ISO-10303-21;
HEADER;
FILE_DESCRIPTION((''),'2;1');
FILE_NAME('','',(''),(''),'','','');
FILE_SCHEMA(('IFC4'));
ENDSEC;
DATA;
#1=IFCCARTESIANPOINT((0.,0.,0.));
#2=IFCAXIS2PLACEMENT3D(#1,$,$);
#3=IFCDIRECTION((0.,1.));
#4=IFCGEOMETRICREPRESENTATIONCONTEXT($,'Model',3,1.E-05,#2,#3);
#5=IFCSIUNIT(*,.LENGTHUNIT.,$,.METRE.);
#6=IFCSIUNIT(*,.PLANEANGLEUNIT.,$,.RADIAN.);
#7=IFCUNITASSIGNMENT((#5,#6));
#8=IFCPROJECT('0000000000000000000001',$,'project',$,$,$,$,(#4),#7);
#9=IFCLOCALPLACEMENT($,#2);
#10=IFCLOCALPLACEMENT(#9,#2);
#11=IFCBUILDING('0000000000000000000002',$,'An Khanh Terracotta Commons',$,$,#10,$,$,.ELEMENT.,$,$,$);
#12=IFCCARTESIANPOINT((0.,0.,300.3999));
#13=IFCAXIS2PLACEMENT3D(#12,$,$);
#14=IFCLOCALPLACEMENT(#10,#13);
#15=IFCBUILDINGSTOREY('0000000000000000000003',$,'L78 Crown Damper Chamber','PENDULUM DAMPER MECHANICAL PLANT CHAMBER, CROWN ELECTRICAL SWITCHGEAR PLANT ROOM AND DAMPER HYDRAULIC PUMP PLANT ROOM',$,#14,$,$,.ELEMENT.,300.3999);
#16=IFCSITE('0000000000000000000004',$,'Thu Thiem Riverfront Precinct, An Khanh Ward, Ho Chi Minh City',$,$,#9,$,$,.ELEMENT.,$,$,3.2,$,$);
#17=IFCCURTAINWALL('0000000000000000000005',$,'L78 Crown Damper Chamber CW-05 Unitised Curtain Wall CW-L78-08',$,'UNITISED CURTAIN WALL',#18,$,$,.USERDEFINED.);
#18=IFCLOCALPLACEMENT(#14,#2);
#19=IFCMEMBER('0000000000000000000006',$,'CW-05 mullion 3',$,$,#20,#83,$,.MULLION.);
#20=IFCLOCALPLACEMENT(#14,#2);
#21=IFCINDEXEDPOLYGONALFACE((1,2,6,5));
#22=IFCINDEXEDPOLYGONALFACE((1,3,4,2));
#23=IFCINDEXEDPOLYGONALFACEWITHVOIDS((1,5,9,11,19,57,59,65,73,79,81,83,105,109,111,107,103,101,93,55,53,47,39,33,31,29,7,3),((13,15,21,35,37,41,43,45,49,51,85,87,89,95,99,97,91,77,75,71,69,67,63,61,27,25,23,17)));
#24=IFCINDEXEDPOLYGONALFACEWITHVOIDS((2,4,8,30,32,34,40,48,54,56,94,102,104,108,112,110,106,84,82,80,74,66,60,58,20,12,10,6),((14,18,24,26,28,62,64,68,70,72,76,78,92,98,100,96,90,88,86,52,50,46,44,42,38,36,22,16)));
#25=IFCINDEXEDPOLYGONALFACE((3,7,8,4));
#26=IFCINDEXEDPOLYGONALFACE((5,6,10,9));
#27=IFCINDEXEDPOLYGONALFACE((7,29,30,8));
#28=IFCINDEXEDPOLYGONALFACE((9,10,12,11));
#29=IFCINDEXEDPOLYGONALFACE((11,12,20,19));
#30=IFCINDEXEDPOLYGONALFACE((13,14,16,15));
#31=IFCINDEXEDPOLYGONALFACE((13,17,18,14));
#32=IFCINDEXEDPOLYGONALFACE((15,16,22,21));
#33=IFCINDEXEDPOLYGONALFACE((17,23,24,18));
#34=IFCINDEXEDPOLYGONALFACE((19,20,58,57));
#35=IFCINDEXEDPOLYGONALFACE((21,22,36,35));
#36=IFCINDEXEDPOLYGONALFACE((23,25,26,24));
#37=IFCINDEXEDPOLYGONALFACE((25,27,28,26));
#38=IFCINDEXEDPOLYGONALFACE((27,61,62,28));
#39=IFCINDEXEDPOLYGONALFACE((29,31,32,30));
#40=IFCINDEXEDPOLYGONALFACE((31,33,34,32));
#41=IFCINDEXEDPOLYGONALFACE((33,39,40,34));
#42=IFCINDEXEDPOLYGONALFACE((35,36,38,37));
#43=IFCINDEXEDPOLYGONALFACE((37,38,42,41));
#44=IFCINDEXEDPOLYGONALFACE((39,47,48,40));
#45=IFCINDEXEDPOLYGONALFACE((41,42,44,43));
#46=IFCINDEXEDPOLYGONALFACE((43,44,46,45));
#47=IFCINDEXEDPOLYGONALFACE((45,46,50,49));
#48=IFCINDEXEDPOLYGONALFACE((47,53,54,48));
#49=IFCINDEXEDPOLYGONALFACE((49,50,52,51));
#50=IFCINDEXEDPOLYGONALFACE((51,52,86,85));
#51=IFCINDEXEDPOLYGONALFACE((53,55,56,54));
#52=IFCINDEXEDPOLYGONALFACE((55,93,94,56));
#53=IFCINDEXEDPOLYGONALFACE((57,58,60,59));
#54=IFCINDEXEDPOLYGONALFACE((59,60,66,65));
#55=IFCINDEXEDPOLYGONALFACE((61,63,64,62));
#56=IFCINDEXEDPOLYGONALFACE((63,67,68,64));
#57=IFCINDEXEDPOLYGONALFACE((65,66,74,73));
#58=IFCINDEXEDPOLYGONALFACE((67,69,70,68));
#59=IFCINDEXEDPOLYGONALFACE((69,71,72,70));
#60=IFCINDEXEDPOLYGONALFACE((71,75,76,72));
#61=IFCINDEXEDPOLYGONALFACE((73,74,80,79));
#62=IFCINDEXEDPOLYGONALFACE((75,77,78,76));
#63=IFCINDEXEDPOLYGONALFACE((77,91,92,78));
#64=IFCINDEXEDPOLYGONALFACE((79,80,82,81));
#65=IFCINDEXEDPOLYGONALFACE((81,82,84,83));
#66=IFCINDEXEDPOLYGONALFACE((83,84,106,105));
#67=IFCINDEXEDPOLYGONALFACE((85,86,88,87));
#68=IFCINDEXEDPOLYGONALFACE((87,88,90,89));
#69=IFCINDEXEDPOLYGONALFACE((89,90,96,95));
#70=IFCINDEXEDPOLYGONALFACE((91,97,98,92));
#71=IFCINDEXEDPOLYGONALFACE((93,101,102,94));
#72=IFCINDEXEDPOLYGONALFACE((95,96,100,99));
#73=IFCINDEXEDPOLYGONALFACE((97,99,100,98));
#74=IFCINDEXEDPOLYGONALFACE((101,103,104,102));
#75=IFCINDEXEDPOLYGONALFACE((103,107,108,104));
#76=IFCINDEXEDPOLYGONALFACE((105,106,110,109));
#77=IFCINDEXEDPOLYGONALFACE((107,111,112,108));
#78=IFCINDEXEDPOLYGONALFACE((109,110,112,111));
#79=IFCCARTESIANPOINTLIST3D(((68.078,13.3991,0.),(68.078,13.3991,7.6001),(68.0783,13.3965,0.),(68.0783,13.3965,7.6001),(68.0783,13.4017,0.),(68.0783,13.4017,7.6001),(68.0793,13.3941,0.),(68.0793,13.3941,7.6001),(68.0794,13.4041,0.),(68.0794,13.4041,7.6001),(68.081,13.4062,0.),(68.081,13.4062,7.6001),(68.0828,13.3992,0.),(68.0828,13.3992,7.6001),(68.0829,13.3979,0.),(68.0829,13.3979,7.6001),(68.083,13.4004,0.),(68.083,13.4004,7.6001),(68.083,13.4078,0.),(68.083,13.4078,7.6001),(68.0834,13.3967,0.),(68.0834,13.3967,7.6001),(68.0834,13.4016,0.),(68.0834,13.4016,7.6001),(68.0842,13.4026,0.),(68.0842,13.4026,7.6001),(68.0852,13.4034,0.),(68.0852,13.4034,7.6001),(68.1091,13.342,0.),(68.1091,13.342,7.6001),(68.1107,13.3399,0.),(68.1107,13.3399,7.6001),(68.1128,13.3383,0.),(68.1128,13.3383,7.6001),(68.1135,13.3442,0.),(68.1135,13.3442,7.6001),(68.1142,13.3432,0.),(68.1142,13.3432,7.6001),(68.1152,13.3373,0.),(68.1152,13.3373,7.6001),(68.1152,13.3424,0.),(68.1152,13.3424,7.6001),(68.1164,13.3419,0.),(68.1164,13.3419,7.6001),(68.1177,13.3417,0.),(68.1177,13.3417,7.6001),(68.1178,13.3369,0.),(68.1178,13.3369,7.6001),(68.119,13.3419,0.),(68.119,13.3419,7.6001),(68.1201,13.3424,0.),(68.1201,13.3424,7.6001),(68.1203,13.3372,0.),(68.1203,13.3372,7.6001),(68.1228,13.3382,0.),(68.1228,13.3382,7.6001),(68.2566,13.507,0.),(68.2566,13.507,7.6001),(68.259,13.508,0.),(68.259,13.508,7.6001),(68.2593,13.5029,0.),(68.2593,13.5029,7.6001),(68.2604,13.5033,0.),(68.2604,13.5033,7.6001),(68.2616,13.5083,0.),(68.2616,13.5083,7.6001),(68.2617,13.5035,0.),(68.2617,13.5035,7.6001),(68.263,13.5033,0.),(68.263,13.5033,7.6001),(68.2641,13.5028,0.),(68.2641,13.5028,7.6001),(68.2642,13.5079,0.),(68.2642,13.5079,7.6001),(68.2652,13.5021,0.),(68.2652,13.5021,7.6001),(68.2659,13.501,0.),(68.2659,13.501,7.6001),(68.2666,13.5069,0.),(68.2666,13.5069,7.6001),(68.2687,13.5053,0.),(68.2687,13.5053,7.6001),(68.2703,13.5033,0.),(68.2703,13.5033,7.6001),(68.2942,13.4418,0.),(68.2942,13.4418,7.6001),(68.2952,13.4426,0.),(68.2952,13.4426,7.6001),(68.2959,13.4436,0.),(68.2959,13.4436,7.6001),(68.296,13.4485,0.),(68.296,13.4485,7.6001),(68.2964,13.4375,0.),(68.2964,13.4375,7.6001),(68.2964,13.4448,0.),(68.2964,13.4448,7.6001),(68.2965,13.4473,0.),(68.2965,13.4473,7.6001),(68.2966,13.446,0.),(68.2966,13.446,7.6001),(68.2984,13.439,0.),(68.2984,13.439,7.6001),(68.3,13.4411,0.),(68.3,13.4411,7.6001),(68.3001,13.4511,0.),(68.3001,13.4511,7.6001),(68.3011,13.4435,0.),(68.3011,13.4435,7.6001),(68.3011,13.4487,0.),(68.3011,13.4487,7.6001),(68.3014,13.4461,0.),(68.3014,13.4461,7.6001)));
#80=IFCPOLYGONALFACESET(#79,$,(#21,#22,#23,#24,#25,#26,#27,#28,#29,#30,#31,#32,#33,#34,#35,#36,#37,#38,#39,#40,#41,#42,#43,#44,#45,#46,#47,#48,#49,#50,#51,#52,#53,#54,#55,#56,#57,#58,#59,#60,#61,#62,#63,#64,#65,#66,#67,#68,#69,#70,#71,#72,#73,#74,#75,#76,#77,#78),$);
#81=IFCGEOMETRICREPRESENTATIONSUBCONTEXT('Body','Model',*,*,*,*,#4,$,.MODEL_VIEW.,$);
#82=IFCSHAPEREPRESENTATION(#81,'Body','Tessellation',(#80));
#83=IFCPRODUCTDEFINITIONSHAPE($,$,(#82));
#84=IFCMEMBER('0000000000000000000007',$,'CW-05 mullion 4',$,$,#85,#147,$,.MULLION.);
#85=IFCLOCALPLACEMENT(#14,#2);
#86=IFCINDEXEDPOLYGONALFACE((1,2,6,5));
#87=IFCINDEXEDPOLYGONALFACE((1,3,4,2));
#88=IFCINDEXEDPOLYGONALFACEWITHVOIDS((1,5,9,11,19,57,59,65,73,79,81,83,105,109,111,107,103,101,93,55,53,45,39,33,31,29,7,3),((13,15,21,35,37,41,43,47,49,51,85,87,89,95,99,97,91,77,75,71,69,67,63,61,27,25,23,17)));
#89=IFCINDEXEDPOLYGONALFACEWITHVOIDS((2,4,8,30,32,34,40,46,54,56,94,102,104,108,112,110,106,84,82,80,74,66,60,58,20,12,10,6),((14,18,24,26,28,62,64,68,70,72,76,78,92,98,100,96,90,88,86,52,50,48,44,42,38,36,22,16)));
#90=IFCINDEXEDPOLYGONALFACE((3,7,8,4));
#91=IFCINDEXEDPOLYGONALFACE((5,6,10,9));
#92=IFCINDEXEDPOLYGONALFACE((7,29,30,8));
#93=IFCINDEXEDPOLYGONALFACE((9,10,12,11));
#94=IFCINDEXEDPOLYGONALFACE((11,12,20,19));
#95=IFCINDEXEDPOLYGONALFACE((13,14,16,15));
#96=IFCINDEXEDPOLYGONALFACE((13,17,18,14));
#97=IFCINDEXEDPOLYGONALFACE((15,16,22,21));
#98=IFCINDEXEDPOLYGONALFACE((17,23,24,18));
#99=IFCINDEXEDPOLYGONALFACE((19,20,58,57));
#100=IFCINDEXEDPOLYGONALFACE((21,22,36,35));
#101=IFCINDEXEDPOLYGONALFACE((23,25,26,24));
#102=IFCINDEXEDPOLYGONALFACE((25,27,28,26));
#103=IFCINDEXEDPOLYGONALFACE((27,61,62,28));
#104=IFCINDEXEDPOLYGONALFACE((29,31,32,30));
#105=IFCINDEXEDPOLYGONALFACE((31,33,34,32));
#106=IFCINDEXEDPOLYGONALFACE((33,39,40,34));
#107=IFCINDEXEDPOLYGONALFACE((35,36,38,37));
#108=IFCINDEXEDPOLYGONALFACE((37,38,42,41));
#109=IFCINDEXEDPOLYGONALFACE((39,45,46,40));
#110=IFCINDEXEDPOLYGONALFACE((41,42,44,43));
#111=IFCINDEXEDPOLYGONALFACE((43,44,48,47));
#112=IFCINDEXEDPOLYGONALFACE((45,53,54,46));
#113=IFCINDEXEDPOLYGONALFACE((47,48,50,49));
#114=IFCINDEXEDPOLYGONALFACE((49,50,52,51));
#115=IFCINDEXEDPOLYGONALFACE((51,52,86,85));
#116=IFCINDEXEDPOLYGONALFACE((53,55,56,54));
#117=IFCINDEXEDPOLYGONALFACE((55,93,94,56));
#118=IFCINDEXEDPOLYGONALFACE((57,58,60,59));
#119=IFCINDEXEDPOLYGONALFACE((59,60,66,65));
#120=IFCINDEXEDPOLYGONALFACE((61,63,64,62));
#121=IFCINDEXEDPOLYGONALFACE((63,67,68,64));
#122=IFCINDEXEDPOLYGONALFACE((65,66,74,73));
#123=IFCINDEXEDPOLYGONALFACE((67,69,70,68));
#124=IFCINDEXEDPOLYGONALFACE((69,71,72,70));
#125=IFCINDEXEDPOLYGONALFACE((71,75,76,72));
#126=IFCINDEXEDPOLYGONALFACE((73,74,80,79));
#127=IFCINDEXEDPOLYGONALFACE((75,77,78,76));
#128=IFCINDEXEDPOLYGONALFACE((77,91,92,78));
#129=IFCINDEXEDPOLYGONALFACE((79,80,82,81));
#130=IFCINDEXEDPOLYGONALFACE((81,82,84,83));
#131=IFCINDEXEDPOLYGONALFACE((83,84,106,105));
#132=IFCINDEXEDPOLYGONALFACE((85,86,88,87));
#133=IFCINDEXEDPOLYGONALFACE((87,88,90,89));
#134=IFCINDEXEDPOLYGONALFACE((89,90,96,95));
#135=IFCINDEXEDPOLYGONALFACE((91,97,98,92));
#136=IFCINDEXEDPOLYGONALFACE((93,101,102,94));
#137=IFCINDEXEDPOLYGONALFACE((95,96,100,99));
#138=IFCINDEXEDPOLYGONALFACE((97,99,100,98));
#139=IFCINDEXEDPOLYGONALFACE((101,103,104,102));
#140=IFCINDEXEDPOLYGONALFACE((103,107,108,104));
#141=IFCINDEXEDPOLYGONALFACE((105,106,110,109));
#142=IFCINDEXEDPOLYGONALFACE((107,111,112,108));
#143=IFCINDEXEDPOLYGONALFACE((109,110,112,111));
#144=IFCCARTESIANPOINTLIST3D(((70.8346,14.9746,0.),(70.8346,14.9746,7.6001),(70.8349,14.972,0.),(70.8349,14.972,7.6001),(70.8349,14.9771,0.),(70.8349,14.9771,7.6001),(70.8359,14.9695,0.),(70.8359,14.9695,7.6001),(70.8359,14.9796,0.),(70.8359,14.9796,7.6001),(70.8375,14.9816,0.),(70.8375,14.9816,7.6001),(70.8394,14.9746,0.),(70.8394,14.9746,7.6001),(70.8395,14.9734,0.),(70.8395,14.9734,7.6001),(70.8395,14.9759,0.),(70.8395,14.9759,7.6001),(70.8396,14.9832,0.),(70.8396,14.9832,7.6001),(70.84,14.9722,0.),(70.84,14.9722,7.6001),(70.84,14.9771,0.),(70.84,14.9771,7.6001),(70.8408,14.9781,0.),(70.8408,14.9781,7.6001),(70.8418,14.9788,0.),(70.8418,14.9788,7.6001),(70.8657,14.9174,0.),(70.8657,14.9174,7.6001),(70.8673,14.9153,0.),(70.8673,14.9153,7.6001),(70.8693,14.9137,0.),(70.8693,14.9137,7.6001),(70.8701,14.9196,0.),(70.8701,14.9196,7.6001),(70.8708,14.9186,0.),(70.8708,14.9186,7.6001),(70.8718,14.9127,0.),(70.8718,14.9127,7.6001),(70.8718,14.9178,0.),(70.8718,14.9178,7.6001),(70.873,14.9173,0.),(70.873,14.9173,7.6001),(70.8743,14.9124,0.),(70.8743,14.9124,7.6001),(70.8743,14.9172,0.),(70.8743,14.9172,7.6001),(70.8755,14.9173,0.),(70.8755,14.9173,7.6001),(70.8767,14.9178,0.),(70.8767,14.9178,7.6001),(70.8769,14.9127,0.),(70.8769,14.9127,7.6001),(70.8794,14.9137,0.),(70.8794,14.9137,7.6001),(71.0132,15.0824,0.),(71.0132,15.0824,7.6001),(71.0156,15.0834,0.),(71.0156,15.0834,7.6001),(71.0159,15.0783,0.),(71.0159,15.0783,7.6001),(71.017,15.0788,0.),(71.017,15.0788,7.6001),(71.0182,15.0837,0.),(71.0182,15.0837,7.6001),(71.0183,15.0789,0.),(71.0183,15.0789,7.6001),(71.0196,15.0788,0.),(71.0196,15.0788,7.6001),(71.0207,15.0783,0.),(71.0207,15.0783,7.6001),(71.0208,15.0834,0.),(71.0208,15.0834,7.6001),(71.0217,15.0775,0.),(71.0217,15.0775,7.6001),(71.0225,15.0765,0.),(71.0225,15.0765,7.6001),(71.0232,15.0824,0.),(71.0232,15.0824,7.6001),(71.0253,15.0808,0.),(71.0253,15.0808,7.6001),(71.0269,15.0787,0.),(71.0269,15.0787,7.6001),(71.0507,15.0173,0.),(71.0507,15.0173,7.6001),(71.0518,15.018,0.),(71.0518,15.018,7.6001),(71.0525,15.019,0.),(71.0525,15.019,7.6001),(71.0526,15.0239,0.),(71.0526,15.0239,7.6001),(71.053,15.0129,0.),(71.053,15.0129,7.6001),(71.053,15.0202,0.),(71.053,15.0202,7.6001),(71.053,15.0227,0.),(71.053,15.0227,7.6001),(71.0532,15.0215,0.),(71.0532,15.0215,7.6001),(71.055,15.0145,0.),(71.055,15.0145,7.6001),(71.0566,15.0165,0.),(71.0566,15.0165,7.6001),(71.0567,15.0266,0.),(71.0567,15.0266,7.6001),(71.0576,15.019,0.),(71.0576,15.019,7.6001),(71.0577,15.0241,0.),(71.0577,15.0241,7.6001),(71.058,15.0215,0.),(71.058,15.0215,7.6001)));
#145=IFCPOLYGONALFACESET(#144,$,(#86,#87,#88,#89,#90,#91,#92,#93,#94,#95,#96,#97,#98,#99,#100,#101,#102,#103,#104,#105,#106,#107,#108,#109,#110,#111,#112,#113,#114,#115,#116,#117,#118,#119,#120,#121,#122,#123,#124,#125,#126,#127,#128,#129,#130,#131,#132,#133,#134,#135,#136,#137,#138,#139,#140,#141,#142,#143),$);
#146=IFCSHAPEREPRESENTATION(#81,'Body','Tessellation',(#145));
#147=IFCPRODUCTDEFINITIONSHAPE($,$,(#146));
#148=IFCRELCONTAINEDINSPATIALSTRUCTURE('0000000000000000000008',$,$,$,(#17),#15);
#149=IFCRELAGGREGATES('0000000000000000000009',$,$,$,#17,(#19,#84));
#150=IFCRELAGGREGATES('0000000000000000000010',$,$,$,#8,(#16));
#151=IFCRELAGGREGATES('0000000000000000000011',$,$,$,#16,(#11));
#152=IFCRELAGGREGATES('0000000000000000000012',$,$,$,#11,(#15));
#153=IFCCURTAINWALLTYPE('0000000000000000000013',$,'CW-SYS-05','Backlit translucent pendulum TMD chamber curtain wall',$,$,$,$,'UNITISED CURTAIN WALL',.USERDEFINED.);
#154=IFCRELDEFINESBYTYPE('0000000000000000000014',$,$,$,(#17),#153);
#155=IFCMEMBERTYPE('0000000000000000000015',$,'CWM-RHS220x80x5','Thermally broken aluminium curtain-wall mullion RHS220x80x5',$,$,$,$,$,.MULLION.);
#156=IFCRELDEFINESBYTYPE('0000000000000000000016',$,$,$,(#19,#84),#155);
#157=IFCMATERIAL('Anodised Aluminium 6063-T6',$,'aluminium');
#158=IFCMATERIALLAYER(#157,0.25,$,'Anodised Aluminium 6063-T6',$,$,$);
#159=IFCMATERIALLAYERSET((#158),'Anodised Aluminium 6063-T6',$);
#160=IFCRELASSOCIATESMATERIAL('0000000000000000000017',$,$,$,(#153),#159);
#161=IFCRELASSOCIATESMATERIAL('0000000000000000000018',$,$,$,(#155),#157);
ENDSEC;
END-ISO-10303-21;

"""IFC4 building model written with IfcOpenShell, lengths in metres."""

from ifc_helpers import new_model, si_unit, direction, frame, origin, origin_2d, place, context, subcontext, project, spatial, hollow_rectangle, extrude, material, layer, layer_set, material_profile, profile_set, type_object, element, aggregate, save


model = new_model("IFC4")

# Units and contexts
model_context = context("Model", 3, precision=1e-05, world=origin(), true_north=direction((0.0, 1.0)))
body_context = subcontext(model_context, "Body", "Model", "MODEL_VIEW")
ifc_project = project(units=[si_unit("LENGTHUNIT", "METRE"), si_unit("PLANEANGLEUNIT", "RADIAN")], contexts=[model_context])

# Site, building, storey
site_placement = place(None, origin())
site = spatial("IfcSite", under=ifc_project, at=site_placement, Name="Thu Thiem Riverfront Precinct, An Khanh Ward, Ho Chi Minh City", CompositionType="ELEMENT", RefElevation=3.2)
building_placement = place(site_placement, origin())
building = spatial("IfcBuilding", under=site, at=building_placement, Name="An Khanh Terracotta Commons", CompositionType="ELEMENT")
storey_placement = place(building_placement, frame((0.0, 0.0, 300.3999)))
storey = spatial("IfcBuildingStorey", under=building, at=storey_placement, Name="L78 Crown Damper Chamber", Description="PENDULUM DAMPER MECHANICAL PLANT CHAMBER, CROWN ELECTRICAL SWITCHGEAR PLANT ROOM AND DAMPER HYDRAULIC PUMP PLANT ROOM", CompositionType="ELEMENT", Elevation=300.3999)

# Curtain wall, members
ifc_material_1 = material(Name="Anodised Aluminium 6063-T6", Category="aluminium")
ifc_layer_1 = layer(ifc_material_1, 0.25, Name="Anodised Aluminium 6063-T6")
ifc_layer_set_1 = layer_set([ifc_layer_1], Name="Anodised Aluminium 6063-T6")
curtain_wall_type = type_object("IfcCurtainWallType", Name="CW-SYS-05", Description="Backlit translucent pendulum TMD chamber curtain wall", ElementType="UNITISED CURTAIN WALL", PredefinedType="USERDEFINED", material=ifc_layer_set_1)
curtain_wall_1_placement = place(storey_placement, origin())
curtain_wall_1 = element("IfcCurtainWall", 1, at=curtain_wall_1_placement, inside=storey, type_object=curtain_wall_type, Name="L78 Crown Damper Chamber CW-05 Unitised Curtain Wall CW-L78-08", ObjectType="UNITISED CURTAIN WALL", PredefinedType="USERDEFINED")
ifc_material_profile_1 = material_profile(ifc_material_1, hollow_rectangle(XDim=0.0801, YDim=0.22, WallThickness=0.0049, InnerFilletRadius=0.0049, OuterFilletRadius=0.01, at=origin_2d()), Name="RHS220x80x5")
ifc_profile_set_1 = profile_set([ifc_material_profile_1], Name="Anodised Aluminium 6063-T6")
member_type_1 = type_object("IfcMemberType", Name="CWM-RHS220x80x5", Description="Thermally broken aluminium curtain-wall mullion RHS220x80x5", PredefinedType="MULLION", material=ifc_profile_set_1)
member_1_placement = place(storey_placement, frame((68.1897, 13.4226, 0.0), z_axis=(0.0, 0.0, 1.0), x_axis=(-0.496206, 0.868205, 0.0)))
member_1 = element("IfcMember", 2, at=member_1_placement, type_object=member_type_1, Name="CW-05 mullion 3", PredefinedType="MULLION", context=body_context, shape_type="SweptSolid", body=[
    extrude(hollow_rectangle(XDim=0.0801, YDim=0.22, WallThickness=0.0049, InnerFilletRadius=0.0049, OuterFilletRadius=0.01, at=origin_2d()), origin(), (0.0, 0.0, 1.0), 7.6001),
])
member_2_placement = place(storey_placement, frame((70.9463, 14.998, 0.0), z_axis=(0.0, 0.0, 1.0), x_axis=(-0.496206, 0.868205, 0.0)))
member_2 = element("IfcMember", 3, at=member_2_placement, type_object=member_type_1, Name="CW-05 mullion 4", PredefinedType="MULLION", context=body_context, shape_type="SweptSolid", body=[
    extrude(hollow_rectangle(XDim=0.0801, YDim=0.22, WallThickness=0.0049, InnerFilletRadius=0.0049, OuterFilletRadius=0.01, at=origin_2d()), origin(), (0.0, 0.0, 1.0), 7.6001),
])

aggregate(curtain_wall_1, [member_1, member_2])

save(model, "model.ifc")
